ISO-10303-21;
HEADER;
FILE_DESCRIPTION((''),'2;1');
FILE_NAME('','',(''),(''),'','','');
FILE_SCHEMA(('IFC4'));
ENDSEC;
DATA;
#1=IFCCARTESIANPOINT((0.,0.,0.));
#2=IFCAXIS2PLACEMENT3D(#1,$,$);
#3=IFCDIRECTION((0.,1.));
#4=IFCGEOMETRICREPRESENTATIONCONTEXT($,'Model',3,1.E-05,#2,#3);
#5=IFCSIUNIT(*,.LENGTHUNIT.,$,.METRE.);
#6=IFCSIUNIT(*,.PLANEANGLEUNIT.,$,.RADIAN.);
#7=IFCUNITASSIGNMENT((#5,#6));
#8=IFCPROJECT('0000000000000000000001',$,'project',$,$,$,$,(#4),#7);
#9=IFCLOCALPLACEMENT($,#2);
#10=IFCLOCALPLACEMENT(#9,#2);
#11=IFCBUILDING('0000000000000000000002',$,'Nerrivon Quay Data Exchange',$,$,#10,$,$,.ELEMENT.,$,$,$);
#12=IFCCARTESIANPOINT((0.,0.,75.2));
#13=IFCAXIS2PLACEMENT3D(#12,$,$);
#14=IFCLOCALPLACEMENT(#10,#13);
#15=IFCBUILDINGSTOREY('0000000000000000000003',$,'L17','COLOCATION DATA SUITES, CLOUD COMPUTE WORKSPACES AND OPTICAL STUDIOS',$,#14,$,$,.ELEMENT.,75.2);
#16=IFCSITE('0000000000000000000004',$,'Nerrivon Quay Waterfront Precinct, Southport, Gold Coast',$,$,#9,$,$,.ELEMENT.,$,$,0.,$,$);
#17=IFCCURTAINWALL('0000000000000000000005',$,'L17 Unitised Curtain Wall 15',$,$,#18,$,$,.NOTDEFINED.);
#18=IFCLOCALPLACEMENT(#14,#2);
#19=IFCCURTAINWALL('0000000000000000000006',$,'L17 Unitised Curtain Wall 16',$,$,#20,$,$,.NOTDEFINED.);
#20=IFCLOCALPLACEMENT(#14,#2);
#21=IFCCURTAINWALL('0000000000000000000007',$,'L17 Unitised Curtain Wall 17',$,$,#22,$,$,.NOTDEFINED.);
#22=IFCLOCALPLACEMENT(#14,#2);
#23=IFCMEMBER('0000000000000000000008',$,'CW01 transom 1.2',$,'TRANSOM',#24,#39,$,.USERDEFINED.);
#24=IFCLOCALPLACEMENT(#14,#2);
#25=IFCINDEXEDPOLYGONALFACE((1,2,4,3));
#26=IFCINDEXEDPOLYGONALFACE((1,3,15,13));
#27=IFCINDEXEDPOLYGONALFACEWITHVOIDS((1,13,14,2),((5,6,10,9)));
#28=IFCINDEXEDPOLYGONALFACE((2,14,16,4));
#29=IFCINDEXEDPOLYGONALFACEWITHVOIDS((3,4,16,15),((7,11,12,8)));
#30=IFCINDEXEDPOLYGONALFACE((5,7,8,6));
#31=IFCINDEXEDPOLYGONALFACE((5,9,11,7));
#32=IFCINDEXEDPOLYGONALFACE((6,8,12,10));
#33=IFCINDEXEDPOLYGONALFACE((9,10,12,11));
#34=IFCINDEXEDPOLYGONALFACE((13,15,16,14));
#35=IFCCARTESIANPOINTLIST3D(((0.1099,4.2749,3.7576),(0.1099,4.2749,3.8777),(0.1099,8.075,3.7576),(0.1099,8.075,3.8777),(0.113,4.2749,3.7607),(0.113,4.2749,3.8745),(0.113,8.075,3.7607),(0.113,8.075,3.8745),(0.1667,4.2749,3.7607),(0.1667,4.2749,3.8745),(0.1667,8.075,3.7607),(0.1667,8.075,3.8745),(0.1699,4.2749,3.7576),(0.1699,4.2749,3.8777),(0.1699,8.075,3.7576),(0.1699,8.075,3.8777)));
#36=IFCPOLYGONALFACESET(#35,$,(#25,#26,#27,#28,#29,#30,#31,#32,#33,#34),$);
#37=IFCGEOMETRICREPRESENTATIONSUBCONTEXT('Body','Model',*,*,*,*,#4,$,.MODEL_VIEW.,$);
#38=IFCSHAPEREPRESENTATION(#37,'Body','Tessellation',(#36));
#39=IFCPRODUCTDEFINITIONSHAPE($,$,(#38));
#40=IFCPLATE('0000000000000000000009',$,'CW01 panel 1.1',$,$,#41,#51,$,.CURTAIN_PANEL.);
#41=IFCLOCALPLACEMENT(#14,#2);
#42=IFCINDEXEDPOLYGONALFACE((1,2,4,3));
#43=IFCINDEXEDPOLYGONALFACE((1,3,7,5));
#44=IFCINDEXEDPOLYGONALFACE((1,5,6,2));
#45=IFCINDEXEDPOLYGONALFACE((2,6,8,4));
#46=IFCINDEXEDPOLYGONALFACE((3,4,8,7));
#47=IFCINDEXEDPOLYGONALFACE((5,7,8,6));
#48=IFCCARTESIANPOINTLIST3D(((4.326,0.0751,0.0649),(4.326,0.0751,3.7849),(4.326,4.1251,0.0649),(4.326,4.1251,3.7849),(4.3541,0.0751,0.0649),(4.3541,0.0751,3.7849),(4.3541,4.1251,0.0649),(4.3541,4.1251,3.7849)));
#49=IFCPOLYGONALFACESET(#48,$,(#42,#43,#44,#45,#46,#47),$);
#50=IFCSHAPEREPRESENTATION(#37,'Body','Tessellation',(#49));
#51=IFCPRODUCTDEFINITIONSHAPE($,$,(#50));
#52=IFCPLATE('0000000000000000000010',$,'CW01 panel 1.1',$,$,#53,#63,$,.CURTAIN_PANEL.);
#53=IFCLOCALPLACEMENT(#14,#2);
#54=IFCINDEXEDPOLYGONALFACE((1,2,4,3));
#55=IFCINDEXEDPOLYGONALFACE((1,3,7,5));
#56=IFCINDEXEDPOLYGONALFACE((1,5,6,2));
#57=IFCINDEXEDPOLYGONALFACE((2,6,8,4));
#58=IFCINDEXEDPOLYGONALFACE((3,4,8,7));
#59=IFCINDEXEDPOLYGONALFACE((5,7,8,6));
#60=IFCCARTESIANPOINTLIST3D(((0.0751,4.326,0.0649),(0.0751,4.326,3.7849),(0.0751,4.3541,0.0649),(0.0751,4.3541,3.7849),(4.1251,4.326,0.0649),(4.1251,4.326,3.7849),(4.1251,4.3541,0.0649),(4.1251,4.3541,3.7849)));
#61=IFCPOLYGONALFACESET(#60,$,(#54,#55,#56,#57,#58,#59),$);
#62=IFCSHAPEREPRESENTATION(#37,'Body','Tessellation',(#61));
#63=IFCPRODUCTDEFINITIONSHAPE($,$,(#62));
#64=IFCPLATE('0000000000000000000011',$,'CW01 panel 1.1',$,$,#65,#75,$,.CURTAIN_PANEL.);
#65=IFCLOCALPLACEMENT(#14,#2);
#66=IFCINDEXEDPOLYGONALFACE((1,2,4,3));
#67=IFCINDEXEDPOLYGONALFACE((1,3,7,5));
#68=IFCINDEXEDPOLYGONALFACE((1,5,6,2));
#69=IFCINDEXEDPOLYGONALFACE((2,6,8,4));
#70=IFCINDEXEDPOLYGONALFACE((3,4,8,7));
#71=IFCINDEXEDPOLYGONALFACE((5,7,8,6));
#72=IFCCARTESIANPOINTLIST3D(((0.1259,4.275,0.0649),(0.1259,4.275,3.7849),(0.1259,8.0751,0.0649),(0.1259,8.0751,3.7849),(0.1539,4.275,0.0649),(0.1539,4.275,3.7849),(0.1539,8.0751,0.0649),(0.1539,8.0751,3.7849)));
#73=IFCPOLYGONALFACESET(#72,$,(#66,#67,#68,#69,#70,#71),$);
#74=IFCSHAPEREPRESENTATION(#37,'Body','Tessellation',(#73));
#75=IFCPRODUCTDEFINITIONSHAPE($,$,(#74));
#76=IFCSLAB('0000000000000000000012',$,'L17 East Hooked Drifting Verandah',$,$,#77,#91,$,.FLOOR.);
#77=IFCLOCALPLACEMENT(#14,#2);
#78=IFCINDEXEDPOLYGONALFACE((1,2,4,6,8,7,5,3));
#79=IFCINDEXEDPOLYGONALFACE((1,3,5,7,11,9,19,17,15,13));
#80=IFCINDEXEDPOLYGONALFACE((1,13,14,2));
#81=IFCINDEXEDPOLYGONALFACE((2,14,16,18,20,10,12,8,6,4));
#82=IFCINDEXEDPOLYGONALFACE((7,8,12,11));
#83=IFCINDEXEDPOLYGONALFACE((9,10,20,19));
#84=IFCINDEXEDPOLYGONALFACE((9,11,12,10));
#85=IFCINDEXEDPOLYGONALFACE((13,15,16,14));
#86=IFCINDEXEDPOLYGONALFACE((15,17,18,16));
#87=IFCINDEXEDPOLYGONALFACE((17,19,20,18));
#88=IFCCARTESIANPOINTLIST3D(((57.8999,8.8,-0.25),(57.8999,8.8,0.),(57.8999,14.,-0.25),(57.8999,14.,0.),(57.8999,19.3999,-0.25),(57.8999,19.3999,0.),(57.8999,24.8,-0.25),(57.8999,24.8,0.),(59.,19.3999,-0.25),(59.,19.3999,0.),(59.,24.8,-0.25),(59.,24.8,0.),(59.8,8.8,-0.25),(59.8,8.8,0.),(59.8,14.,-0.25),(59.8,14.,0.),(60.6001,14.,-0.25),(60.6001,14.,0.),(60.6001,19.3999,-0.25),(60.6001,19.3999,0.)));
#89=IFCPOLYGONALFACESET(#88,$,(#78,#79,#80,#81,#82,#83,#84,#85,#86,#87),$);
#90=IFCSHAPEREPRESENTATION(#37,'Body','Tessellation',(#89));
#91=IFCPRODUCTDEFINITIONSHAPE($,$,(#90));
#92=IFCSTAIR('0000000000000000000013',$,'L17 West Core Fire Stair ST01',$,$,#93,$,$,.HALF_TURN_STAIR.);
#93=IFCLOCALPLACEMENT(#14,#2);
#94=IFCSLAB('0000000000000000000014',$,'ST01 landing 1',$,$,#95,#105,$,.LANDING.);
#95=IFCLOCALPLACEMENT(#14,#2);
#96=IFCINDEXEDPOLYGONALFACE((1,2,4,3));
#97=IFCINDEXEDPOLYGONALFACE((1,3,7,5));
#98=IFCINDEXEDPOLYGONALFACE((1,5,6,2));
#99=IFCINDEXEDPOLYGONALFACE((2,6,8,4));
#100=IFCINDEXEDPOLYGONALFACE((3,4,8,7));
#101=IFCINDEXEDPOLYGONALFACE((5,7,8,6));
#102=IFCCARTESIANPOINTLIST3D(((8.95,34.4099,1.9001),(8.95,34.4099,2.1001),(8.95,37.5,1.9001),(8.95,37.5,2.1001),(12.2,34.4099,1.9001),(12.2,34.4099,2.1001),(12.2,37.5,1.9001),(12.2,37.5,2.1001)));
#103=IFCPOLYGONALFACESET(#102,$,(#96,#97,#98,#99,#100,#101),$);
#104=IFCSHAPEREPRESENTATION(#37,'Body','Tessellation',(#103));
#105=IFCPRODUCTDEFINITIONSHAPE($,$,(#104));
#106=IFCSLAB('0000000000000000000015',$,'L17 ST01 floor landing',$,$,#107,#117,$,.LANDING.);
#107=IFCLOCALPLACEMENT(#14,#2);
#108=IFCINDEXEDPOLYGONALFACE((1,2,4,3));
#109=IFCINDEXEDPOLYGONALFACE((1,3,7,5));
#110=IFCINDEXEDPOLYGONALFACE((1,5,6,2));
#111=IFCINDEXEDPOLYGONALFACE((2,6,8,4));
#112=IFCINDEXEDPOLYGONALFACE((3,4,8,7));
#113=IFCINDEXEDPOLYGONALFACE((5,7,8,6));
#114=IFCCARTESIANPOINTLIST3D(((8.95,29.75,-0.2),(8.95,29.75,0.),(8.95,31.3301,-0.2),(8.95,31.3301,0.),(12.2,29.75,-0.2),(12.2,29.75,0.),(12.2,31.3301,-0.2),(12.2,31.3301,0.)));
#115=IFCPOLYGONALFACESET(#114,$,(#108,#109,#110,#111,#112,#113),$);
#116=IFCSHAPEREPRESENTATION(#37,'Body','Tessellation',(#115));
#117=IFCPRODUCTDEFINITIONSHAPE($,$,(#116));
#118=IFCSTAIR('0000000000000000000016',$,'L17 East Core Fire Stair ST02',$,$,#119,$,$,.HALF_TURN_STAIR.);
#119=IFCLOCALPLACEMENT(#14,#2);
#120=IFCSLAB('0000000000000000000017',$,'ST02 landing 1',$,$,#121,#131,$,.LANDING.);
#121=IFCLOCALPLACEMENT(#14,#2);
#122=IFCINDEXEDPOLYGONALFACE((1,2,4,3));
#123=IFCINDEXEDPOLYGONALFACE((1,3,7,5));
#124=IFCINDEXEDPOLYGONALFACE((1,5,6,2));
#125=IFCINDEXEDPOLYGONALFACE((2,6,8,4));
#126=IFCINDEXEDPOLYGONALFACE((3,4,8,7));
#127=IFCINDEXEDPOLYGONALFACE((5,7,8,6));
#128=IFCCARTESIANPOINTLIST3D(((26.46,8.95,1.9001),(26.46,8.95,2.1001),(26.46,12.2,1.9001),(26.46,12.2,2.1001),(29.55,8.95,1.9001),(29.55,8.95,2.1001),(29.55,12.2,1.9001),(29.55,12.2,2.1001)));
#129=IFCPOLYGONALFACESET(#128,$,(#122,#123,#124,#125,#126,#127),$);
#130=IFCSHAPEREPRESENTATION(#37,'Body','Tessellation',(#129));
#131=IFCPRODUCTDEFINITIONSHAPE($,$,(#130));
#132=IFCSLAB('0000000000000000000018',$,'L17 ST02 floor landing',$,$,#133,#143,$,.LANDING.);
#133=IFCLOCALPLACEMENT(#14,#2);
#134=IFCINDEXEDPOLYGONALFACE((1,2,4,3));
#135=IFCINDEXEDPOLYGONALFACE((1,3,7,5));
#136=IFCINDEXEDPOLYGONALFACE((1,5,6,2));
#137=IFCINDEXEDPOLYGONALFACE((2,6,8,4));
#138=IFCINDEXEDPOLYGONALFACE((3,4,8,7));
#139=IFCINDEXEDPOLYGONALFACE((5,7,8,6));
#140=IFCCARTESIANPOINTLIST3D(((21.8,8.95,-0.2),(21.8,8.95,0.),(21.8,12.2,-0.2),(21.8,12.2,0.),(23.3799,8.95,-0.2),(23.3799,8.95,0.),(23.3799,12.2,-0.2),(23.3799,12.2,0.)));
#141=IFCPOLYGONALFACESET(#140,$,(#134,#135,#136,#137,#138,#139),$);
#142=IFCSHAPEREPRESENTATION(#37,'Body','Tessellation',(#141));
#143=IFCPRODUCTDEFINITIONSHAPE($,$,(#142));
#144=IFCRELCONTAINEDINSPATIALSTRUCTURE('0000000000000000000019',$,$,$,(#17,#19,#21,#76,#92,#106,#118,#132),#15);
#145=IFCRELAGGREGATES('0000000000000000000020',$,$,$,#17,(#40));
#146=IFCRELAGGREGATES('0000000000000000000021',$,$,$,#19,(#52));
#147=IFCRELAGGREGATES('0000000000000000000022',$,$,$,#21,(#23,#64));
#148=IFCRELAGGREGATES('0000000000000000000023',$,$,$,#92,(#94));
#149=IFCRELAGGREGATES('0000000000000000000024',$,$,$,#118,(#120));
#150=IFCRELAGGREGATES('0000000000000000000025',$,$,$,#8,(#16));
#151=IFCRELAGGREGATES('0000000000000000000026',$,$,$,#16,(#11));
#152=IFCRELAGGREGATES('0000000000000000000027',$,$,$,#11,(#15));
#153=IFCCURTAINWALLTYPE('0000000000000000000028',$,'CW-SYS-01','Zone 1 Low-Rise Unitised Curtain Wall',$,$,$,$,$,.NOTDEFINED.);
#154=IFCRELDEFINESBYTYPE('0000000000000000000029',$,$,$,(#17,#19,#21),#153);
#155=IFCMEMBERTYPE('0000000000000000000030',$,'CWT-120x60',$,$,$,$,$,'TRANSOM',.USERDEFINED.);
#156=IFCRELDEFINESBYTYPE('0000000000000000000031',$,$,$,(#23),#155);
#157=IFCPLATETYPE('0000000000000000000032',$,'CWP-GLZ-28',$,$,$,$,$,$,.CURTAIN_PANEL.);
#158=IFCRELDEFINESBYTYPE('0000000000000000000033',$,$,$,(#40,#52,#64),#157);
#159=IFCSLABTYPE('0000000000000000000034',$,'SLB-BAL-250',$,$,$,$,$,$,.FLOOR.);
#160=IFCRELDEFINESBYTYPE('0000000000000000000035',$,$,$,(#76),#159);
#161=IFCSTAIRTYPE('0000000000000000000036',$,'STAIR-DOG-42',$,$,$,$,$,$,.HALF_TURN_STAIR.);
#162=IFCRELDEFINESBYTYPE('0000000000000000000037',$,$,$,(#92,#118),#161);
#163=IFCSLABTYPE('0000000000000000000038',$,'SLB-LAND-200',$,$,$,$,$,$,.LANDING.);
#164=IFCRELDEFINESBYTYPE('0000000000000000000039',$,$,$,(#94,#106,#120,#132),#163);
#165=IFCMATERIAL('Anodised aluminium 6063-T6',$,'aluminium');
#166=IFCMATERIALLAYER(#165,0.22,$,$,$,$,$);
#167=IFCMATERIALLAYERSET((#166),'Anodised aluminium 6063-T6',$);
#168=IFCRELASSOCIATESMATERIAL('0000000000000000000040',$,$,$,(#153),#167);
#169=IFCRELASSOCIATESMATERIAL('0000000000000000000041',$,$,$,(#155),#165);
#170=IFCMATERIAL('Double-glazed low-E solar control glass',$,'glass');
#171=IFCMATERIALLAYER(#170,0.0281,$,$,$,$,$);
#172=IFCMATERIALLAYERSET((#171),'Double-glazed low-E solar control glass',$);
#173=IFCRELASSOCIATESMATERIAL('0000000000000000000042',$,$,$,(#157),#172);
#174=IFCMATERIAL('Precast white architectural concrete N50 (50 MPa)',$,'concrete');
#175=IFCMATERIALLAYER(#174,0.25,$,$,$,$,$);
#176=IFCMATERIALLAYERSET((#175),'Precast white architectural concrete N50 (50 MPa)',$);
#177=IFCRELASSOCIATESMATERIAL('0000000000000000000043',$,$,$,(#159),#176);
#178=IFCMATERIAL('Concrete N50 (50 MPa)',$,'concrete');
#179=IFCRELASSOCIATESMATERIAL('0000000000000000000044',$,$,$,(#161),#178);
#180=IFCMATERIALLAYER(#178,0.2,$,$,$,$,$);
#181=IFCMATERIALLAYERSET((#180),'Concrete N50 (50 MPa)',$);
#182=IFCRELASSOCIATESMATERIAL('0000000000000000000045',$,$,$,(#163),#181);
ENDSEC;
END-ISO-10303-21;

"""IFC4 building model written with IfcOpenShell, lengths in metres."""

from ifc_helpers import new_model, si_unit, direction, frame, origin, origin_2d, place, context, subcontext, project, spatial, polyline, rectangle, hollow_rectangle, outline, extrude, material, layer, layer_set, material_profile, profile_set, type_object, element, aggregate, save


model = new_model("IFC4")

# Units and contexts
model_context = context("Model", 3, precision=1e-05, world=origin(), true_north=direction((0.0, 1.0)))
body_context = subcontext(model_context, "Body", "Model", "MODEL_VIEW")
ifc_project = project(units=[si_unit("LENGTHUNIT", "METRE"), si_unit("PLANEANGLEUNIT", "RADIAN")], contexts=[model_context])

# Site, building, storey
site_placement = place(None, origin())
site = spatial("IfcSite", under=ifc_project, at=site_placement, Name="Nerrivon Quay Waterfront Precinct, Southport, Gold Coast", CompositionType="ELEMENT", RefElevation=0.0)
building_placement = place(site_placement, origin())
building = spatial("IfcBuilding", under=site, at=building_placement, Name="Nerrivon Quay Data Exchange", CompositionType="ELEMENT")
storey_placement = place(building_placement, frame((0.0, 0.0, 75.2)))
storey = spatial("IfcBuildingStorey", under=building, at=storey_placement, Name="L17", Description="COLOCATION DATA SUITES, CLOUD COMPUTE WORKSPACES AND OPTICAL STUDIOS", CompositionType="ELEMENT", Elevation=75.2)

# Shared definitions
ifc_material_1 = material(Name="Anodised aluminium 6063-T6", Category="aluminium")
ifc_layer_1 = layer(ifc_material_1, 0.22)
ifc_layer_set_1 = layer_set([ifc_layer_1], Name="Anodised aluminium 6063-T6")
curtain_wall_type = type_object("IfcCurtainWallType", Name="CW-SYS-01", Description="Zone 1 Low-Rise Unitised Curtain Wall", PredefinedType="NOTDEFINED", material=ifc_layer_set_1)

# Curtain walls
curtain_wall_1_placement = place(storey_placement, origin())
curtain_wall_1 = element("IfcCurtainWall", 1, at=curtain_wall_1_placement, inside=storey, type_object=curtain_wall_type, Name="L17 Unitised Curtain Wall 15", PredefinedType="NOTDEFINED")
curtain_wall_2_placement = place(storey_placement, origin())
curtain_wall_2 = element("IfcCurtainWall", 2, at=curtain_wall_2_placement, inside=storey, type_object=curtain_wall_type, Name="L17 Unitised Curtain Wall 16", PredefinedType="NOTDEFINED")

# Curtain wall
curtain_wall_3_placement = place(storey_placement, origin())
curtain_wall_3 = element("IfcCurtainWall", 3, at=curtain_wall_3_placement, inside=storey, type_object=curtain_wall_type, Name="L17 Unitised Curtain Wall 17", PredefinedType="NOTDEFINED")

# Member
ifc_material_profile_1 = material_profile(ifc_material_1, hollow_rectangle(XDim=0.0601, YDim=0.1201, WallThickness=0.0032, at=origin_2d()), Name="ALU-TRAN-120x60")
ifc_profile_set_1 = profile_set([ifc_material_profile_1], Name="Anodised aluminium 6063-T6")
member_type_1 = type_object("IfcMemberType", Name="CWT-120x60", ElementType="TRANSOM", PredefinedType="USERDEFINED", material=ifc_profile_set_1)
member_1_placement = place(storey_placement, frame((0.1399, 4.2749, 3.8176), z_axis=(0.0, 1.0, 0.0), x_axis=(-1.0, 0.0, 0.0)))
member_1 = element("IfcMember", 4, at=member_1_placement, type_object=member_type_1, Name="CW01 transom 1.2", ObjectType="TRANSOM", PredefinedType="USERDEFINED", context=body_context, shape_type="SweptSolid", body=[
    extrude(hollow_rectangle(XDim=0.0601, YDim=0.1201, WallThickness=0.0032, at=origin_2d()), origin(), (0.0, 0.0, 1.0), 3.8),
])

# Plates
ifc_material_2 = material(Name="Double-glazed low-E solar control glass", Category="glass")
ifc_layer_2 = layer(ifc_material_2, 0.0281)
ifc_layer_set_2 = layer_set([ifc_layer_2], Name="Double-glazed low-E solar control glass")
plate_type = type_object("IfcPlateType", Name="CWP-GLZ-28", PredefinedType="CURTAIN_PANEL", material=ifc_layer_set_2)
plate_1_placement = place(storey_placement, frame((4.3401, 2.1001, 0.0649), z_axis=(0.0, 0.0, 1.0), x_axis=(0.0, 1.0, 0.0)))
plate_1 = element("IfcPlate", 5, at=plate_1_placement, type_object=plate_type, Name="CW01 panel 1.1", PredefinedType="CURTAIN_PANEL", context=body_context, shape_type="SweptSolid", body=[
    extrude(rectangle(XDim=4.05, YDim=0.0281, at=origin_2d()), origin(), (0.0, 0.0, 1.0), 3.72),
])
aggregate(curtain_wall_1, [plate_1])
plate_2_placement = place(storey_placement, frame((2.1001, 4.3401, 0.0649), z_axis=(0.0, 0.0, 1.0), x_axis=(-1.0, 0.0, 0.0)))
plate_2 = element("IfcPlate", 6, at=plate_2_placement, type_object=plate_type, Name="CW01 panel 1.1", PredefinedType="CURTAIN_PANEL", context=body_context, shape_type="SweptSolid", body=[
    extrude(rectangle(XDim=4.05, YDim=0.0281, at=origin_2d()), origin(), (0.0, 0.0, 1.0), 3.72),
])
aggregate(curtain_wall_2, [plate_2])
plate_3_placement = place(storey_placement, frame((0.1399, 6.175, 0.0649), z_axis=(0.0, 0.0, 1.0), x_axis=(0.0, 1.0, 0.0)))
plate_3 = element("IfcPlate", 7, at=plate_3_placement, type_object=plate_type, Name="CW01 panel 1.1", PredefinedType="CURTAIN_PANEL", context=body_context, shape_type="SweptSolid", body=[
    extrude(rectangle(XDim=3.8, YDim=0.0281, at=origin_2d()), origin(), (0.0, 0.0, 1.0), 3.72),
])
aggregate(curtain_wall_3, [member_1, plate_3])

# Slab
ifc_material_3 = material(Name="Precast white architectural concrete N50 (50 MPa)", Category="concrete")
ifc_layer_3 = layer(ifc_material_3, 0.25)
ifc_layer_set_3 = layer_set([ifc_layer_3], Name="Precast white architectural concrete N50 (50 MPa)")
slab_type_1 = type_object("IfcSlabType", Name="SLB-BAL-250", PredefinedType="FLOOR", material=ifc_layer_set_3)
slab_1_placement = place(storey_placement, frame((0.0, 0.0, -0.25)))
element("IfcSlab", 8, at=slab_1_placement, inside=storey, type_object=slab_type_1, Name="L17 East Hooked Drifting Verandah", PredefinedType="FLOOR", context=body_context, shape_type="SweptSolid", body=[
    extrude(outline(polyline([(59.8, 14.0), (60.6001, 14.0), (60.6001, 19.3999), (59.0, 19.3999), (59.0, 24.8), (57.8999, 24.8), (57.8999, 19.3999), (57.8999, 14.0), (57.8999, 8.8), (59.8, 8.8), (59.8, 14.0)])), origin(), (0.0, 0.0, 1.0), 0.25),
])

# Stair, slab
ifc_material_4 = material(Name="Concrete N50 (50 MPa)", Category="concrete")
stair_type = type_object("IfcStairType", Name="STAIR-DOG-42", PredefinedType="HALF_TURN_STAIR", material=ifc_material_4)
stair_1_placement = place(storey_placement, origin())
stair_1 = element("IfcStair", 9, at=stair_1_placement, inside=storey, type_object=stair_type, Name="L17 West Core Fire Stair ST01", PredefinedType="HALF_TURN_STAIR")
ifc_layer_4 = layer(ifc_material_4, 0.2)
ifc_layer_set_4 = layer_set([ifc_layer_4], Name="Concrete N50 (50 MPa)")
slab_type_2 = type_object("IfcSlabType", Name="SLB-LAND-200", PredefinedType="LANDING", material=ifc_layer_set_4)
slab_2_placement = place(storey_placement, frame((0.0, 0.0, 1.9001)))
slab_2 = element("IfcSlab", 10, at=slab_2_placement, type_object=slab_type_2, Name="ST01 landing 1", PredefinedType="LANDING", context=body_context, shape_type="SweptSolid", body=[
    extrude(outline(polyline([(12.2, 34.4099), (12.2, 37.5), (8.95, 37.5), (8.95, 34.4099), (12.2, 34.4099)])), origin(), (0.0, 0.0, 1.0), 0.2),
])
aggregate(stair_1, [slab_2])

# Slab
slab_3_placement = place(storey_placement, frame((0.0, 0.0, -0.2)))
element("IfcSlab", 11, at=slab_3_placement, inside=storey, type_object=slab_type_2, Name="L17 ST01 floor landing", PredefinedType="LANDING", context=body_context, shape_type="SweptSolid", body=[
    extrude(outline(polyline([(12.2, 29.75), (12.2, 31.3301), (8.95, 31.3301), (8.95, 29.75), (12.2, 29.75)])), origin(), (0.0, 0.0, 1.0), 0.2),
])

# Stair, slab
stair_2_placement = place(storey_placement, origin())
stair_2 = element("IfcStair", 12, at=stair_2_placement, inside=storey, type_object=stair_type, Name="L17 East Core Fire Stair ST02", PredefinedType="HALF_TURN_STAIR")
slab_4_placement = place(storey_placement, frame((0.0, 0.0, 1.9001)))
slab_4 = element("IfcSlab", 13, at=slab_4_placement, type_object=slab_type_2, Name="ST02 landing 1", PredefinedType="LANDING", context=body_context, shape_type="SweptSolid", body=[
    extrude(outline(polyline([(26.46, 8.95), (29.55, 8.95), (29.55, 12.2), (26.46, 12.2), (26.46, 8.95)])), origin(), (0.0, 0.0, 1.0), 0.2),
])
aggregate(stair_2, [slab_4])

# Slab
slab_5_placement = place(storey_placement, frame((0.0, 0.0, -0.2)))
element("IfcSlab", 14, at=slab_5_placement, inside=storey, type_object=slab_type_2, Name="L17 ST02 floor landing", PredefinedType="LANDING", context=body_context, shape_type="SweptSolid", body=[
    extrude(outline(polyline([(21.8, 8.95), (23.3799, 8.95), (23.3799, 12.2), (21.8, 12.2), (21.8, 8.95)])), origin(), (0.0, 0.0, 1.0), 0.2),
])

save(model, "model.ifc")
